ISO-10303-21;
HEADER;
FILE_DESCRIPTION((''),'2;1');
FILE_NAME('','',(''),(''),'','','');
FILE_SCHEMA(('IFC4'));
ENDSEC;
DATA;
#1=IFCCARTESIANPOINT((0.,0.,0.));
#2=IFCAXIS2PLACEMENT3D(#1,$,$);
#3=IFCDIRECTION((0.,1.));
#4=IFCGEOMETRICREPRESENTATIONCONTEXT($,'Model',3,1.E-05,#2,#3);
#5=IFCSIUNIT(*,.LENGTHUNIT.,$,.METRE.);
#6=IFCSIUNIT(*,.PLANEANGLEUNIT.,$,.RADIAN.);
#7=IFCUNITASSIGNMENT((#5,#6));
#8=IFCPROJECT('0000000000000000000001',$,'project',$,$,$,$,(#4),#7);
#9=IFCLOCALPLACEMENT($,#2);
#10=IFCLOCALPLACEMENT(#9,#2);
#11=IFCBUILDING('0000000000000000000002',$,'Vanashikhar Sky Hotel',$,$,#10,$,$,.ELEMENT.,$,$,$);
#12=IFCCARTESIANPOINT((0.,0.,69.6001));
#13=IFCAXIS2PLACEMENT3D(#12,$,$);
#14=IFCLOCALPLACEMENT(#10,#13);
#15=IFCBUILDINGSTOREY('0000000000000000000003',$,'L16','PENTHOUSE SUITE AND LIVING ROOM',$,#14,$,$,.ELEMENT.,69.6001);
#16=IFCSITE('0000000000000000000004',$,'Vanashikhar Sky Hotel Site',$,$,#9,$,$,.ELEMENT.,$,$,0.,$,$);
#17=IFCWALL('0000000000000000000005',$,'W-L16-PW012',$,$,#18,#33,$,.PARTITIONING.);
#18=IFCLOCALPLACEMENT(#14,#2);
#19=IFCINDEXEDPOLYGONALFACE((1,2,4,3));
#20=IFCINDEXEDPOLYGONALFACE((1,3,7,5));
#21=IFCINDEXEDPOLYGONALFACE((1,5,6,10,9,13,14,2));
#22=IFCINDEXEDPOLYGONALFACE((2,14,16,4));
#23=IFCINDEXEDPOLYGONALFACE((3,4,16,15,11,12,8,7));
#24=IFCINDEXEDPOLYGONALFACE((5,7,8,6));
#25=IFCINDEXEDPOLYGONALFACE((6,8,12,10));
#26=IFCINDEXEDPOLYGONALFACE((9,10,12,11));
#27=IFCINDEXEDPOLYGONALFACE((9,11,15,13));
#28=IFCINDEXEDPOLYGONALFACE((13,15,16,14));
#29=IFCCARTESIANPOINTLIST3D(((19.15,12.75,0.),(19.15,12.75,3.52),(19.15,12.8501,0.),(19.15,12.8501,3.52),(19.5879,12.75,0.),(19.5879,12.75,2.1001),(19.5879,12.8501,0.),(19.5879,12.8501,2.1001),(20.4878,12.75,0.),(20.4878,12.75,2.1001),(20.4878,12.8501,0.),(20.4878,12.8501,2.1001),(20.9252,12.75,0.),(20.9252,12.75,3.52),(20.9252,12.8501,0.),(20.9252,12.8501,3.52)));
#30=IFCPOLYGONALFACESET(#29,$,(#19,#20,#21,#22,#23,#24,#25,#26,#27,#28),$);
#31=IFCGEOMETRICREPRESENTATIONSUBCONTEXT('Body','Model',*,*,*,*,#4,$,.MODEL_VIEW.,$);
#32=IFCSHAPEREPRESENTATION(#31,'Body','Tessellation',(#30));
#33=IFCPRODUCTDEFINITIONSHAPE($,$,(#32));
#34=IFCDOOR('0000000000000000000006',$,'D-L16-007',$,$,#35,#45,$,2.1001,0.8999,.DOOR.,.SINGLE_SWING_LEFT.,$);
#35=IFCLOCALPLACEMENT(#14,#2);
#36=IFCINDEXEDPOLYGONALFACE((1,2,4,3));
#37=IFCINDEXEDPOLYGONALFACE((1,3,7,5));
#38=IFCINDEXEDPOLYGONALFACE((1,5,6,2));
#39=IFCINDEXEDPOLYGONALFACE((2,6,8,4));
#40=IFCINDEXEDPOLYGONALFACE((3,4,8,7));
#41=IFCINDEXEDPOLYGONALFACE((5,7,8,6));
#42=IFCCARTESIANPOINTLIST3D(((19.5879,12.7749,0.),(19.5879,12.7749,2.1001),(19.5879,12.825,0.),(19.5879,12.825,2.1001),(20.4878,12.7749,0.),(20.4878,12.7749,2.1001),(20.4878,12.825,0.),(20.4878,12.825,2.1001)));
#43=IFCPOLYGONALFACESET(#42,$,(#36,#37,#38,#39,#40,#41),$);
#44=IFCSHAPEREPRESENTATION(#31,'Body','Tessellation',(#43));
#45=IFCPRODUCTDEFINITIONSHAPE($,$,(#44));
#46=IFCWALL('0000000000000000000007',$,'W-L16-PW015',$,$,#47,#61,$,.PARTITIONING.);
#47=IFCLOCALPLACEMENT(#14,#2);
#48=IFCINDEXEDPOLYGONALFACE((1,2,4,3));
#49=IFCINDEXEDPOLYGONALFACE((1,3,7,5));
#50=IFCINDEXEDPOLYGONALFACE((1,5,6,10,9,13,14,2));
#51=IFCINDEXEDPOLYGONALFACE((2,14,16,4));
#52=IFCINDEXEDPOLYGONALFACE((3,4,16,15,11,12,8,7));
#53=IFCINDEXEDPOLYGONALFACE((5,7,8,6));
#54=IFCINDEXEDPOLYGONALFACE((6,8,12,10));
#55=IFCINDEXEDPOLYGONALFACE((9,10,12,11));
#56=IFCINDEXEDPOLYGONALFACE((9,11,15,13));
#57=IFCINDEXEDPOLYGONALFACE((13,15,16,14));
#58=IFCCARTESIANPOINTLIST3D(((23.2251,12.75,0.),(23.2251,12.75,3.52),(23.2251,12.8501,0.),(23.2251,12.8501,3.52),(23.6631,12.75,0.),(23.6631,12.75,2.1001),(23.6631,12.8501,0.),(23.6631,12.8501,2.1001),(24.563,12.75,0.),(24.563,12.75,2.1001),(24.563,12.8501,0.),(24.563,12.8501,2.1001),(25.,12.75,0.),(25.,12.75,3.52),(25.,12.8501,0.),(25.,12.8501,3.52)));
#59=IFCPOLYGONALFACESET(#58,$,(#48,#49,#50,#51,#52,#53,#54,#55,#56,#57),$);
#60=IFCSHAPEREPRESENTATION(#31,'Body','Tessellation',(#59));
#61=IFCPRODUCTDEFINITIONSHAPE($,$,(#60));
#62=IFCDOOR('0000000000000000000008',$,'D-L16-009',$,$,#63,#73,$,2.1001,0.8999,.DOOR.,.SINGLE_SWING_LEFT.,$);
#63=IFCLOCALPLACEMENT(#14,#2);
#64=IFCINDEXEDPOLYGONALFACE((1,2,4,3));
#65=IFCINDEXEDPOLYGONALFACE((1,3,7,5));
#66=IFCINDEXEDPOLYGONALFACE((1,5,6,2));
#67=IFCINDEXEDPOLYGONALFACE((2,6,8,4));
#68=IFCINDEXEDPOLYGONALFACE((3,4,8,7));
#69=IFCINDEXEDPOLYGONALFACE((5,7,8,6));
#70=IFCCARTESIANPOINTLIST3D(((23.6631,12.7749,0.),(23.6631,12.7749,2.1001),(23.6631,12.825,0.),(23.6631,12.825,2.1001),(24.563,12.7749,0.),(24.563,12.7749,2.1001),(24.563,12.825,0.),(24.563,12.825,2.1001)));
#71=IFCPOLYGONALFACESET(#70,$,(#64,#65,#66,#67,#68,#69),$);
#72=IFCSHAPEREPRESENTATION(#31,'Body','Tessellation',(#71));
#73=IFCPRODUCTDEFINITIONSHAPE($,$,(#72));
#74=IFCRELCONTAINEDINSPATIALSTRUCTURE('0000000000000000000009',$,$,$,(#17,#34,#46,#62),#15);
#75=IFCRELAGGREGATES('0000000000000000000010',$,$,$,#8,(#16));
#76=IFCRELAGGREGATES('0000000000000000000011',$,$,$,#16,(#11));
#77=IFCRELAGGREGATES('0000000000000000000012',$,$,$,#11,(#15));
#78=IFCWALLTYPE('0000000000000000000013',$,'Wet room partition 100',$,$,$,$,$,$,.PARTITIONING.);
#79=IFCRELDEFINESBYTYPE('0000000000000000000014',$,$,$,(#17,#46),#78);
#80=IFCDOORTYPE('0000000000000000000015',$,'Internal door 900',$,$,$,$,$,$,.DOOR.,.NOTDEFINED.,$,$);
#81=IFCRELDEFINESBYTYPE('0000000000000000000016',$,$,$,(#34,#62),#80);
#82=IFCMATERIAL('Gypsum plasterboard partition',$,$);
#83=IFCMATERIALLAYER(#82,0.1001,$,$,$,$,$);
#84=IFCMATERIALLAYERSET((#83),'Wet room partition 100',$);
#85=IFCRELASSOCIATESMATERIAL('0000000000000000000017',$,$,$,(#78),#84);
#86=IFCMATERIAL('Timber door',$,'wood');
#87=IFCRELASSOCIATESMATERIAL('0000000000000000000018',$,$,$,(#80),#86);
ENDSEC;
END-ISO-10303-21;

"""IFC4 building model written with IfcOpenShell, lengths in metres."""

from ifc_helpers import new_model, si_unit, direction, frame, frame_2d, origin, place, context, subcontext, project, spatial, rectangle, extrude, source, transform, mapped, material, layer, layer_set, type_object, element, fill, save


model = new_model("IFC4")

# Units and contexts
model_context = context("Model", 3, precision=1e-05, world=origin(), true_north=direction((0.0, 1.0)))
body_context = subcontext(model_context, "Body", "Model", "MODEL_VIEW")
ifc_project = project(units=[si_unit("LENGTHUNIT", "METRE"), si_unit("PLANEANGLEUNIT", "RADIAN")], contexts=[model_context])

# Site, building, storey
site_placement = place(None, origin())
site = spatial("IfcSite", under=ifc_project, at=site_placement, Name="Vanashikhar Sky Hotel Site", CompositionType="ELEMENT", RefElevation=0.0)
building_placement = place(site_placement, origin())
building = spatial("IfcBuilding", under=site, at=building_placement, Name="Vanashikhar Sky Hotel", CompositionType="ELEMENT")
storey_placement = place(building_placement, frame((0.0, 0.0, 69.6001)))
storey = spatial("IfcBuildingStorey", under=building, at=storey_placement, Name="L16", Description="PENTHOUSE SUITE AND LIVING ROOM", CompositionType="ELEMENT", Elevation=69.6001)

# Shared definitions
ifc_material_1 = material(Name="Gypsum plasterboard partition")
ifc_layer_1 = layer(ifc_material_1, 0.1001)
ifc_layer_set_1 = layer_set([ifc_layer_1], Name="Wet room partition 100")
wall_type_1 = type_object("IfcWallType", Name="Wet room partition 100", PredefinedType="PARTITIONING", material=ifc_layer_set_1)
shared_shape_1 = source(origin(), body_context, "Body", "SweptSolid", [
    extrude(rectangle(XDim=0.8999, YDim=2.1001, at=frame_2d((0.45, 1.05))), frame((0.0, 0.0601, 0.0), z_axis=(0.0, -1.0, 0.0), x_axis=(1.0, 0.0, 0.0)), (0.0, 0.0, 1.0), 0.1201),
])
ifc_material_2 = material(Name="Timber door", Category="wood")
door_type_1 = type_object("IfcDoorType", Name="Internal door 900", OperationType="NOTDEFINED", PredefinedType="DOOR", material=ifc_material_2)
shared_shape_2 = source(origin(), body_context, "Body", "SweptSolid", [
    extrude(rectangle(XDim=0.8999, YDim=2.1001, at=frame_2d((0.45, 1.05))), frame((0.0, 0.0249, 0.0), z_axis=(0.0, -1.0, 0.0), x_axis=(1.0, 0.0, 0.0)), (0.0, 0.0, 1.0), 0.05),
])

# Walls, openings, doors
shared_shape_3 = source(origin(), body_context, "Body", "SweptSolid", [
    extrude(rectangle(XDim=1.7751, YDim=0.1001, at=frame_2d((0.8877, 0.0))), origin(), (0.0, 0.0, 1.0), 3.52),
])
wall_1_placement = place(storey_placement, frame((19.1499, 12.8, 0.0), z_axis=(0.0, 0.0, 1.0), x_axis=(1.0, 0.0, 0.0)))
wall_1 = element("IfcWall", 1, at=wall_1_placement, inside=storey, type_object=wall_type_1, Name="W-L16-PW012", PredefinedType="PARTITIONING", context=body_context, shape_type="MappedRepresentation", body=[
    mapped(shared_shape_3, transform((0.0, 0.0, 0.0), scale=1.0)),
])
opening_1_placement = place(wall_1_placement, frame((0.438, 0.0, 0.0)))
opening_1 = element("IfcOpeningElement", 2, at=opening_1_placement, cuts=wall_1, PredefinedType="OPENING", context=body_context, shape_type="MappedRepresentation", body=[
    mapped(shared_shape_1, transform((0.0, 0.0, 0.0), scale=1.0)),
])
door_1_placement = place(opening_1_placement, origin())
door_1 = element("IfcDoor", 3, at=door_1_placement, inside=storey, type_object=door_type_1, Name="D-L16-007", OperationType="SINGLE_SWING_LEFT", OverallHeight=2.1001, OverallWidth=0.8999, PredefinedType="DOOR", context=body_context, shape_type="MappedRepresentation", body=[
    mapped(shared_shape_2, transform((0.0, 0.0, 0.0), scale=1.0)),
])
fill(opening_1, door_1)
shared_shape_4 = source(origin(), body_context, "Body", "SweptSolid", [
    extrude(rectangle(XDim=1.7749, YDim=0.1001, at=frame_2d((0.8875, 0.0))), origin(), (0.0, 0.0, 1.0), 3.52),
])
wall_2_placement = place(storey_placement, frame((23.2251, 12.8, 0.0), z_axis=(0.0, 0.0, 1.0), x_axis=(1.0, 0.0, 0.0)))
wall_2 = element("IfcWall", 4, at=wall_2_placement, inside=storey, type_object=wall_type_1, Name="W-L16-PW015", PredefinedType="PARTITIONING", context=body_context, shape_type="MappedRepresentation", body=[
    mapped(shared_shape_4, transform((0.0, 0.0, 0.0), scale=1.0)),
])
opening_2_placement = place(wall_2_placement, frame((0.438, 0.0, 0.0)))
opening_2 = element("IfcOpeningElement", 5, at=opening_2_placement, cuts=wall_2, PredefinedType="OPENING", context=body_context, shape_type="MappedRepresentation", body=[
    mapped(shared_shape_1, transform((0.0, 0.0, 0.0), scale=1.0)),
])
door_2_placement = place(opening_2_placement, origin())
door_2 = element("IfcDoor", 6, at=door_2_placement, inside=storey, type_object=door_type_1, Name="D-L16-009", OperationType="SINGLE_SWING_LEFT", OverallHeight=2.1001, OverallWidth=0.8999, PredefinedType="DOOR", context=body_context, shape_type="MappedRepresentation", body=[
    mapped(shared_shape_2, transform((0.0, 0.0, 0.0), scale=1.0)),
])
fill(opening_2, door_2)

save(model, "model.ifc")
